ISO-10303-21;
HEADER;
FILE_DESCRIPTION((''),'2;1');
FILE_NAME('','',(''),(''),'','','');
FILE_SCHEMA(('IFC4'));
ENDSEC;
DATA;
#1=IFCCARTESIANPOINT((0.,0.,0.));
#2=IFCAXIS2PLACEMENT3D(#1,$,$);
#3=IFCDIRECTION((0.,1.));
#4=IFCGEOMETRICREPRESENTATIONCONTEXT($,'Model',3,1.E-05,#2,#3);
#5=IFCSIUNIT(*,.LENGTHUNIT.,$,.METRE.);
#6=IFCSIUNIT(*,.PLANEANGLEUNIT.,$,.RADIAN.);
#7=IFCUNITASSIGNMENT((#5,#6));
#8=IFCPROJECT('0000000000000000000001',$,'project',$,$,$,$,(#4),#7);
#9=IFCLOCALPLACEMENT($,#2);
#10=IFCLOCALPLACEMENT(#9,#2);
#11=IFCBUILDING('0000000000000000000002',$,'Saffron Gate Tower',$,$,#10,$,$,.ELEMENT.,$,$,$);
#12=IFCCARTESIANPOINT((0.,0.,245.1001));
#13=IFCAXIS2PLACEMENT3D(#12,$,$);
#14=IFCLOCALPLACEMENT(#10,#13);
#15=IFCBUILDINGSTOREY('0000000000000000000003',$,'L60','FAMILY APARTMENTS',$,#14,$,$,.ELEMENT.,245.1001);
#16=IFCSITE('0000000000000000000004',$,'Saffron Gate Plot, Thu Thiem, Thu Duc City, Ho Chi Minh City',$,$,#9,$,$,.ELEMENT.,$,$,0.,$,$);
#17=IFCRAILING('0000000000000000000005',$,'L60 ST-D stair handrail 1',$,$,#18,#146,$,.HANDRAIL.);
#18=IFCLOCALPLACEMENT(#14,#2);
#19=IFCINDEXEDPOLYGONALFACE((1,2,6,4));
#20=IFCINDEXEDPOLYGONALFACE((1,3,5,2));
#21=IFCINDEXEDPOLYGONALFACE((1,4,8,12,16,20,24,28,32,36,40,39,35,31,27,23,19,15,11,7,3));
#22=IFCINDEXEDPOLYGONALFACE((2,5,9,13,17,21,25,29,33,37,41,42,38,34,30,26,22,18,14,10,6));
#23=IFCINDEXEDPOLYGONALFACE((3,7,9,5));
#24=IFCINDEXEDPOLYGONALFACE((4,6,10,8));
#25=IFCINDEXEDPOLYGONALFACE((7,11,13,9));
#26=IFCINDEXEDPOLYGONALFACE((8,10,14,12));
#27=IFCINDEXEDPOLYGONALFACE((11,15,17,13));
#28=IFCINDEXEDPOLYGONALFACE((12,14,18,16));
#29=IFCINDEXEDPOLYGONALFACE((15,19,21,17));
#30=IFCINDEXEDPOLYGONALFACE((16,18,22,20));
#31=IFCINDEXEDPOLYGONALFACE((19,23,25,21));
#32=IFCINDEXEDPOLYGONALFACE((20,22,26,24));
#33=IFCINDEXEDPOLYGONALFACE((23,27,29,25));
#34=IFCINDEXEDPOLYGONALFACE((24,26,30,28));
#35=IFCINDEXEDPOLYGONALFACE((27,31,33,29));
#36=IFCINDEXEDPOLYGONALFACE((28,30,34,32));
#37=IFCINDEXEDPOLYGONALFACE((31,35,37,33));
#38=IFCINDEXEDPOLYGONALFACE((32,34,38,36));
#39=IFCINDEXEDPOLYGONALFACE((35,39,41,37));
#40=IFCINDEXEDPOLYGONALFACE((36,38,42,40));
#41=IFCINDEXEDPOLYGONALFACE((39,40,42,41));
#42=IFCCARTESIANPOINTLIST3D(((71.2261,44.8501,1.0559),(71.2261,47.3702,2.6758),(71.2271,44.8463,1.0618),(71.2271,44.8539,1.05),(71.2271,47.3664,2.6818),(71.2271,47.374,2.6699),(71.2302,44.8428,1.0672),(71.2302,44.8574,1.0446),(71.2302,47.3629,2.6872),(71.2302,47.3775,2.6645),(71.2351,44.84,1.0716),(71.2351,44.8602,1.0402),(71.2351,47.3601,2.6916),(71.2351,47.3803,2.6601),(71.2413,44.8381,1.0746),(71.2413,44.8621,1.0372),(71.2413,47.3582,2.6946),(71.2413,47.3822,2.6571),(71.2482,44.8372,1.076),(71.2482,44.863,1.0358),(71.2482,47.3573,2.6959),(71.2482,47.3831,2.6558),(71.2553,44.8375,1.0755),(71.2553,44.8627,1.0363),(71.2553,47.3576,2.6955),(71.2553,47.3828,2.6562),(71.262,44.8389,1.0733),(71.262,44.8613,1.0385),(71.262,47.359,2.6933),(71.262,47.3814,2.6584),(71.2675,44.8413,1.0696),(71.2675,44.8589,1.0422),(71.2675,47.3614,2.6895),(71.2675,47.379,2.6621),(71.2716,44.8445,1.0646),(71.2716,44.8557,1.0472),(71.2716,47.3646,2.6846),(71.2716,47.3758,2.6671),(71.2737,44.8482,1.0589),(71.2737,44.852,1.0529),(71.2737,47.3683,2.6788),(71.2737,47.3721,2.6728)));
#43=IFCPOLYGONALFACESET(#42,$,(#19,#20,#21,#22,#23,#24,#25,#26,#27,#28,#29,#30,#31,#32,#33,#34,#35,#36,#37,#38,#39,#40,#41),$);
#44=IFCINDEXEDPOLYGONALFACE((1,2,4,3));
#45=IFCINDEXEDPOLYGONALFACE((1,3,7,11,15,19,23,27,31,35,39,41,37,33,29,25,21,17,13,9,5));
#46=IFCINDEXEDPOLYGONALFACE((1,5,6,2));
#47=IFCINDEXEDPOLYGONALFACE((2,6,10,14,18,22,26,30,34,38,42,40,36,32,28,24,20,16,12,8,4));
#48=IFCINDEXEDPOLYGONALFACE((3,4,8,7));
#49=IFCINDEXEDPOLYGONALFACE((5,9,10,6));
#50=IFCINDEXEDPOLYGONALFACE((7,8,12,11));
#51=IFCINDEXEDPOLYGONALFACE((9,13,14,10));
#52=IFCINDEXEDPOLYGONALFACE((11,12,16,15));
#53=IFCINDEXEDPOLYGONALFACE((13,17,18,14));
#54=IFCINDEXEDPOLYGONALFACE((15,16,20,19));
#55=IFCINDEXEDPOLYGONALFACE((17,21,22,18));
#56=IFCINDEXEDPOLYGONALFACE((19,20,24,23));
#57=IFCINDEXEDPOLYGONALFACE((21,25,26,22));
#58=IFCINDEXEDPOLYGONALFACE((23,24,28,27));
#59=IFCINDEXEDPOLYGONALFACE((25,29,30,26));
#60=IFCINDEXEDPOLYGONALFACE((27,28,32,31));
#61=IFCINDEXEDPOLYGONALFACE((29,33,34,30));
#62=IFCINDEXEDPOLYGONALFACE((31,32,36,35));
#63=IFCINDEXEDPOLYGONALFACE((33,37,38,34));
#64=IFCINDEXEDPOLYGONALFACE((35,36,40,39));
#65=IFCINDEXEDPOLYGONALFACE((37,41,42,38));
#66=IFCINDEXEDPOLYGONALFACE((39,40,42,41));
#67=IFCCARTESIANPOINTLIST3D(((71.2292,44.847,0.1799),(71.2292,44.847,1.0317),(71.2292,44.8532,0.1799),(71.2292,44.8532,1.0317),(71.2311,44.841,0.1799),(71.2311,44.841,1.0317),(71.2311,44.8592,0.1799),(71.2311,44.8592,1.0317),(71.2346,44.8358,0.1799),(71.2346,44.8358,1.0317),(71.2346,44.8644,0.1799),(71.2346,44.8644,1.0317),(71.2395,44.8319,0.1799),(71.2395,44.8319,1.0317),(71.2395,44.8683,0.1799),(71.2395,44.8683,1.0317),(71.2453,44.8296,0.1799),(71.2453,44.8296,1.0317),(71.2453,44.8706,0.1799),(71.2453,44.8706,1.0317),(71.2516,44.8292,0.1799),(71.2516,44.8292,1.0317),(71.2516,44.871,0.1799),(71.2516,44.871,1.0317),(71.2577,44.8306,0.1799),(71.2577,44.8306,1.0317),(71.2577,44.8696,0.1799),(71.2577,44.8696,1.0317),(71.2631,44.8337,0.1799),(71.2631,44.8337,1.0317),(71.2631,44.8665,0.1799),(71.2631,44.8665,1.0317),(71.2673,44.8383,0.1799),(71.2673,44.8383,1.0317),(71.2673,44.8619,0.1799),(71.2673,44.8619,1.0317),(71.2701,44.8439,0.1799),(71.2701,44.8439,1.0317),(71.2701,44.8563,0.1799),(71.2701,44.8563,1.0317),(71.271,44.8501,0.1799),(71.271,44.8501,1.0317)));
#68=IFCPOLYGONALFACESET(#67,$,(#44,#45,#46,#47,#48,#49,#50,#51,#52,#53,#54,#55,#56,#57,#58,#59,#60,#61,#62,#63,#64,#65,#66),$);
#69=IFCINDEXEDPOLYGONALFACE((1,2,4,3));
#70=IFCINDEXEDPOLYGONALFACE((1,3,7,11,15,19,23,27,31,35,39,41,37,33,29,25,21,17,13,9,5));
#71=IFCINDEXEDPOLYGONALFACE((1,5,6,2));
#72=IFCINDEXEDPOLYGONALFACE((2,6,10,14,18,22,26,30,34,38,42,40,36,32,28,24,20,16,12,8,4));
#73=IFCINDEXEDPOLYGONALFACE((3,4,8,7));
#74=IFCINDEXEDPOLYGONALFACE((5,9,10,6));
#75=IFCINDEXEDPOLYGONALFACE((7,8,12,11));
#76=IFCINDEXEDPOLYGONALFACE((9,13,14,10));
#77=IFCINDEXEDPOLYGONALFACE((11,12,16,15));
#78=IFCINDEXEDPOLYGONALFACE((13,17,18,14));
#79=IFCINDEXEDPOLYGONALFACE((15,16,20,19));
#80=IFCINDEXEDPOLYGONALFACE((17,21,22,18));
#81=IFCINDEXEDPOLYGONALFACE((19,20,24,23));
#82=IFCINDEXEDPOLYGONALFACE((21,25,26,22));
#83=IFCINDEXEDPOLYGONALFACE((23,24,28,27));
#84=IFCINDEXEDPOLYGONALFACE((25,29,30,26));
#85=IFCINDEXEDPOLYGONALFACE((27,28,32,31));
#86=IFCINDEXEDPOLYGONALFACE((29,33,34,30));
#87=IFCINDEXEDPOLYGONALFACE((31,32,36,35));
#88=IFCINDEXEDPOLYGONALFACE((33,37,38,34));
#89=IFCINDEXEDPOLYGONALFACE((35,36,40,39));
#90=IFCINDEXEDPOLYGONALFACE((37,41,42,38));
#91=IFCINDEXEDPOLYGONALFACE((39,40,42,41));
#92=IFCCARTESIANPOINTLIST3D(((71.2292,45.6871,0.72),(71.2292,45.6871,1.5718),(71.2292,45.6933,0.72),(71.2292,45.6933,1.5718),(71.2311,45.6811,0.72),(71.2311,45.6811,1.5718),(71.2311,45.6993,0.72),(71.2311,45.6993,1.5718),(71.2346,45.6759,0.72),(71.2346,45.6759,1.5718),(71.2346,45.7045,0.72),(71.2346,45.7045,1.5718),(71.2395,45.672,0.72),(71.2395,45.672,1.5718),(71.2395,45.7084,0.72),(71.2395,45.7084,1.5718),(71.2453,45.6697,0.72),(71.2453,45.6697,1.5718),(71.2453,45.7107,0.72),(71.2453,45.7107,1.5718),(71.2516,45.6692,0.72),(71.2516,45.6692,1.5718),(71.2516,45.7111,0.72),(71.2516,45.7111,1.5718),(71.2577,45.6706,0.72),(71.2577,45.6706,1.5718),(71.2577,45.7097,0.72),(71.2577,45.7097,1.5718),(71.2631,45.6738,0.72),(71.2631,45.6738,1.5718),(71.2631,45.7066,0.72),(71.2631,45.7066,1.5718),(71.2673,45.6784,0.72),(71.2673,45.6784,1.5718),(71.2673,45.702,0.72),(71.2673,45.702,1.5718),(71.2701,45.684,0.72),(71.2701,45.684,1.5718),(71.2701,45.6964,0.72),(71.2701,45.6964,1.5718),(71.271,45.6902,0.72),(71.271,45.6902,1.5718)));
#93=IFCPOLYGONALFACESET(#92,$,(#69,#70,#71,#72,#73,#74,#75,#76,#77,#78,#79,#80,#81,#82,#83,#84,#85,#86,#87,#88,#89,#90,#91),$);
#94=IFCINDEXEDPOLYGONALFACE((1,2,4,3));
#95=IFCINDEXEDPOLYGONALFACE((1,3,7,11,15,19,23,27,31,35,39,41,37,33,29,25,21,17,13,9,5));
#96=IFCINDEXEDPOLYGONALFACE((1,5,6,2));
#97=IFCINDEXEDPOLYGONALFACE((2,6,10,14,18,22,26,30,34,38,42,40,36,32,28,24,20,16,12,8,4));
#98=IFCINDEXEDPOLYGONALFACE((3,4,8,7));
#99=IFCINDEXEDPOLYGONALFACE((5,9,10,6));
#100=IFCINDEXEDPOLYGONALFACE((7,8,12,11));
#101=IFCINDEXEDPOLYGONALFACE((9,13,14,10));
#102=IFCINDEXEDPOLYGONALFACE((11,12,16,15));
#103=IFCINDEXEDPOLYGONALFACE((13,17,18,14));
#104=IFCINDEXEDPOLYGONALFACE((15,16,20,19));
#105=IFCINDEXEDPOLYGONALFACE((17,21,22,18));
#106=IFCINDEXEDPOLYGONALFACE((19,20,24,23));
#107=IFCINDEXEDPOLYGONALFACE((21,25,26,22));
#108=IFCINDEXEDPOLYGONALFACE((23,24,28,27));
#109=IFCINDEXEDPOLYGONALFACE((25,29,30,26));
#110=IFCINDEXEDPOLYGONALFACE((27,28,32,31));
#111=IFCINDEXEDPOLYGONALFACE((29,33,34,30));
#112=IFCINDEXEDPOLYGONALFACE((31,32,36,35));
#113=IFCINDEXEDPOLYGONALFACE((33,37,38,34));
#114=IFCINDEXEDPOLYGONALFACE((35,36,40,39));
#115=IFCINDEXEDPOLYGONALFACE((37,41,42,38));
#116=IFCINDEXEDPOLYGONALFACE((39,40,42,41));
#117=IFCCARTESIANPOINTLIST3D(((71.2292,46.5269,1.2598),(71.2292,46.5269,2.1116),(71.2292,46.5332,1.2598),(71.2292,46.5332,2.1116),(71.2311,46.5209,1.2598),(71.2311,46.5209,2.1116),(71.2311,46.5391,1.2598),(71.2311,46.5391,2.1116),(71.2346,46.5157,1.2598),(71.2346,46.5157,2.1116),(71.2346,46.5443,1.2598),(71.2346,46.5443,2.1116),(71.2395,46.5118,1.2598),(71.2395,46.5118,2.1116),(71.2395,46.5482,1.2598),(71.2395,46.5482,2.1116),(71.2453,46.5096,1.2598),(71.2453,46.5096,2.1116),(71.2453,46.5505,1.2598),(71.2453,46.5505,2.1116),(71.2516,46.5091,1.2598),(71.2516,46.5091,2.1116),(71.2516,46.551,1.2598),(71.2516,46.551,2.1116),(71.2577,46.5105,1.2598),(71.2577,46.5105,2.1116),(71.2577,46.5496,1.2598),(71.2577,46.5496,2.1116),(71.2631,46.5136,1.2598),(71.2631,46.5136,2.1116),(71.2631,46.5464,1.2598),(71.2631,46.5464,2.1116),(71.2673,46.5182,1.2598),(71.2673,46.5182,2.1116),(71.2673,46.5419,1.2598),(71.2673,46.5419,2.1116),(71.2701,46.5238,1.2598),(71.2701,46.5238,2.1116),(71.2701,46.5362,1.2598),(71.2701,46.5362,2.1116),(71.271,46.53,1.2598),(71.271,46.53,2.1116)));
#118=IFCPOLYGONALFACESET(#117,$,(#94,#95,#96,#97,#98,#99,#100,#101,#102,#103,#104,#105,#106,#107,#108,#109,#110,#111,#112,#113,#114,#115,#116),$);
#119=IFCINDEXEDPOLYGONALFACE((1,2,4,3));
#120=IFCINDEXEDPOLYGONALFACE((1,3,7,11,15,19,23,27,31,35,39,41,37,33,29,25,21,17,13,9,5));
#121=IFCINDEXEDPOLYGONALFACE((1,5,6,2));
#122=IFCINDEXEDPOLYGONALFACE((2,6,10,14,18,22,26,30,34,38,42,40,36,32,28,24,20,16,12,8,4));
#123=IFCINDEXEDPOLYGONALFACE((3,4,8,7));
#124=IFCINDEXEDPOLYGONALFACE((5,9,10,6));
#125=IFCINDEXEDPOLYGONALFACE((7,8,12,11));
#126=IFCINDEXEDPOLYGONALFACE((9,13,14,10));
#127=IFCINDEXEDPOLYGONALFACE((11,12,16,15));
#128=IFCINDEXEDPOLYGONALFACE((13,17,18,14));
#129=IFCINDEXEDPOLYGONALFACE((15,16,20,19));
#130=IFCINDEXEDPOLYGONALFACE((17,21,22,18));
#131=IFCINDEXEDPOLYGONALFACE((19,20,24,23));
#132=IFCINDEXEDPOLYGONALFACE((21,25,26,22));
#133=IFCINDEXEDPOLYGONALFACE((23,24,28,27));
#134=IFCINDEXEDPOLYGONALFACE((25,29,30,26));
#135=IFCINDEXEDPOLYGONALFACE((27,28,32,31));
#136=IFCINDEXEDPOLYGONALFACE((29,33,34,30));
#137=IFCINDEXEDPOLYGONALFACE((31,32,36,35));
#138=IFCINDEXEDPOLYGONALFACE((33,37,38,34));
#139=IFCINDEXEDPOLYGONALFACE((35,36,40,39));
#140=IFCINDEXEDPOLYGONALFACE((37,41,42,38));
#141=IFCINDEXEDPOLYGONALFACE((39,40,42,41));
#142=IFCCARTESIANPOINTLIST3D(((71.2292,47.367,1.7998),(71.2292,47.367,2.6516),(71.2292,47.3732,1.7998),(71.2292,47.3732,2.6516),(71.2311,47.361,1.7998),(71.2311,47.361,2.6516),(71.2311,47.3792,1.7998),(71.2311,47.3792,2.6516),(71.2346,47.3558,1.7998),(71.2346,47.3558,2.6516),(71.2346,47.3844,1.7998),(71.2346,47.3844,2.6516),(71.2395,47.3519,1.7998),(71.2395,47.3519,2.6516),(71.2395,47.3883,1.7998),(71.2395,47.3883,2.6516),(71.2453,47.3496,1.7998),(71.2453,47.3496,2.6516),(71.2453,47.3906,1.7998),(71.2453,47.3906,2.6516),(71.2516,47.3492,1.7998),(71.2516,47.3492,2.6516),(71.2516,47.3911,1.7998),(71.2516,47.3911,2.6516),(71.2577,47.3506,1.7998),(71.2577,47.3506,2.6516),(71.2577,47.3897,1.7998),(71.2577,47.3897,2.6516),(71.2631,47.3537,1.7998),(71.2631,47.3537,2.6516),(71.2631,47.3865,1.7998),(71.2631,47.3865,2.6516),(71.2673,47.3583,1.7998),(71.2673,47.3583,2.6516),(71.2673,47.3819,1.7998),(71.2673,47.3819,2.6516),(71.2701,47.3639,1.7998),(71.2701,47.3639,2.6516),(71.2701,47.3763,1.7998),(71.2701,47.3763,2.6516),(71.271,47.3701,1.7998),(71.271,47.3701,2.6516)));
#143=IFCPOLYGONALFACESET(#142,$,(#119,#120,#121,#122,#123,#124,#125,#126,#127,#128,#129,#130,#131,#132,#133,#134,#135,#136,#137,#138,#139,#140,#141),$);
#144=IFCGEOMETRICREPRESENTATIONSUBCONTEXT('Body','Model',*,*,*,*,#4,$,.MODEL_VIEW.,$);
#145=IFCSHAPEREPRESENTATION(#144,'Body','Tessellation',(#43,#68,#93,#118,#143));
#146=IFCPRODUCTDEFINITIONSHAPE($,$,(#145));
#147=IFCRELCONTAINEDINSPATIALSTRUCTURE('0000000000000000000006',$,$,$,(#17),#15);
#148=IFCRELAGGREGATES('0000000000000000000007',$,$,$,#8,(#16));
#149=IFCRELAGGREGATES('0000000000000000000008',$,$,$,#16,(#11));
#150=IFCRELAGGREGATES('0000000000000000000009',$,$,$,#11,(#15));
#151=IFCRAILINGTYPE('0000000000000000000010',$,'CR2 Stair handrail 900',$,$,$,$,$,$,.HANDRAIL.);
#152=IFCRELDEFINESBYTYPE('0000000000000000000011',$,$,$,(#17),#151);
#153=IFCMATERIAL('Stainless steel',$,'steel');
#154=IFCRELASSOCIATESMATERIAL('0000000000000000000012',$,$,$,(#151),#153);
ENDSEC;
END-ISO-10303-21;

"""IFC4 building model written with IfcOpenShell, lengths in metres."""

from ifc_helpers import new_model, si_unit, direction, frame, origin, origin_2d, place, context, subcontext, project, spatial, circle, extrude, material, type_object, element, save


model = new_model("IFC4")

# Units and contexts
model_context = context("Model", 3, precision=1e-05, world=origin(), true_north=direction((0.0, 1.0)))
body_context = subcontext(model_context, "Body", "Model", "MODEL_VIEW")
ifc_project = project(units=[si_unit("LENGTHUNIT", "METRE"), si_unit("PLANEANGLEUNIT", "RADIAN")], contexts=[model_context])

# Site, building, storey
site_placement = place(None, origin())
site = spatial("IfcSite", under=ifc_project, at=site_placement, Name="Saffron Gate Plot, Thu Thiem, Thu Duc City, Ho Chi Minh City", CompositionType="ELEMENT", RefElevation=0.0)
building_placement = place(site_placement, origin())
building = spatial("IfcBuilding", under=site, at=building_placement, Name="Saffron Gate Tower", CompositionType="ELEMENT")
storey_placement = place(building_placement, frame((0.0, 0.0, 245.1001)))
storey = spatial("IfcBuildingStorey", under=building, at=storey_placement, Name="L60", Description="FAMILY APARTMENTS", CompositionType="ELEMENT", Elevation=245.1001)

# Railing
ifc_material_1 = material(Name="Stainless steel", Category="steel")
railing_type_1 = type_object("IfcRailingType", Name="CR2 Stair handrail 900", PredefinedType="HANDRAIL", material=ifc_material_1)
railing_1_placement = place(storey_placement, frame((71.25, 44.8501, 0.1799)))
element("IfcRailing", 1, at=railing_1_placement, inside=storey, type_object=railing_type_1, Name="L60 ST-D stair handrail 1", PredefinedType="HANDRAIL", context=body_context, shape_type="SweptSolid", body=[
    extrude(circle(Radius=0.0239, at=origin_2d()), frame((0.0, 0.0, 0.876), z_axis=(0.0, 0.8412, 0.540725), x_axis=(-1.0, 0.0, 0.0)), (0.0, 0.0, 1.0), 2.9958),
    extrude(circle(Radius=0.021, at=origin_2d()), origin(), (0.0, 0.0, 1.0), 0.8518),
    extrude(circle(Radius=0.021, at=origin_2d()), frame((0.0, 0.8401, 0.54)), (0.0, 0.0, 1.0), 0.8518),
    extrude(circle(Radius=0.021, at=origin_2d()), frame((0.0, 1.6799, 1.0798)), (0.0, 0.0, 1.0), 0.8518),
    extrude(circle(Radius=0.021, at=origin_2d()), frame((0.0, 2.52, 1.6199)), (0.0, 0.0, 1.0), 0.8518),
])

save(model, "model.ifc")
